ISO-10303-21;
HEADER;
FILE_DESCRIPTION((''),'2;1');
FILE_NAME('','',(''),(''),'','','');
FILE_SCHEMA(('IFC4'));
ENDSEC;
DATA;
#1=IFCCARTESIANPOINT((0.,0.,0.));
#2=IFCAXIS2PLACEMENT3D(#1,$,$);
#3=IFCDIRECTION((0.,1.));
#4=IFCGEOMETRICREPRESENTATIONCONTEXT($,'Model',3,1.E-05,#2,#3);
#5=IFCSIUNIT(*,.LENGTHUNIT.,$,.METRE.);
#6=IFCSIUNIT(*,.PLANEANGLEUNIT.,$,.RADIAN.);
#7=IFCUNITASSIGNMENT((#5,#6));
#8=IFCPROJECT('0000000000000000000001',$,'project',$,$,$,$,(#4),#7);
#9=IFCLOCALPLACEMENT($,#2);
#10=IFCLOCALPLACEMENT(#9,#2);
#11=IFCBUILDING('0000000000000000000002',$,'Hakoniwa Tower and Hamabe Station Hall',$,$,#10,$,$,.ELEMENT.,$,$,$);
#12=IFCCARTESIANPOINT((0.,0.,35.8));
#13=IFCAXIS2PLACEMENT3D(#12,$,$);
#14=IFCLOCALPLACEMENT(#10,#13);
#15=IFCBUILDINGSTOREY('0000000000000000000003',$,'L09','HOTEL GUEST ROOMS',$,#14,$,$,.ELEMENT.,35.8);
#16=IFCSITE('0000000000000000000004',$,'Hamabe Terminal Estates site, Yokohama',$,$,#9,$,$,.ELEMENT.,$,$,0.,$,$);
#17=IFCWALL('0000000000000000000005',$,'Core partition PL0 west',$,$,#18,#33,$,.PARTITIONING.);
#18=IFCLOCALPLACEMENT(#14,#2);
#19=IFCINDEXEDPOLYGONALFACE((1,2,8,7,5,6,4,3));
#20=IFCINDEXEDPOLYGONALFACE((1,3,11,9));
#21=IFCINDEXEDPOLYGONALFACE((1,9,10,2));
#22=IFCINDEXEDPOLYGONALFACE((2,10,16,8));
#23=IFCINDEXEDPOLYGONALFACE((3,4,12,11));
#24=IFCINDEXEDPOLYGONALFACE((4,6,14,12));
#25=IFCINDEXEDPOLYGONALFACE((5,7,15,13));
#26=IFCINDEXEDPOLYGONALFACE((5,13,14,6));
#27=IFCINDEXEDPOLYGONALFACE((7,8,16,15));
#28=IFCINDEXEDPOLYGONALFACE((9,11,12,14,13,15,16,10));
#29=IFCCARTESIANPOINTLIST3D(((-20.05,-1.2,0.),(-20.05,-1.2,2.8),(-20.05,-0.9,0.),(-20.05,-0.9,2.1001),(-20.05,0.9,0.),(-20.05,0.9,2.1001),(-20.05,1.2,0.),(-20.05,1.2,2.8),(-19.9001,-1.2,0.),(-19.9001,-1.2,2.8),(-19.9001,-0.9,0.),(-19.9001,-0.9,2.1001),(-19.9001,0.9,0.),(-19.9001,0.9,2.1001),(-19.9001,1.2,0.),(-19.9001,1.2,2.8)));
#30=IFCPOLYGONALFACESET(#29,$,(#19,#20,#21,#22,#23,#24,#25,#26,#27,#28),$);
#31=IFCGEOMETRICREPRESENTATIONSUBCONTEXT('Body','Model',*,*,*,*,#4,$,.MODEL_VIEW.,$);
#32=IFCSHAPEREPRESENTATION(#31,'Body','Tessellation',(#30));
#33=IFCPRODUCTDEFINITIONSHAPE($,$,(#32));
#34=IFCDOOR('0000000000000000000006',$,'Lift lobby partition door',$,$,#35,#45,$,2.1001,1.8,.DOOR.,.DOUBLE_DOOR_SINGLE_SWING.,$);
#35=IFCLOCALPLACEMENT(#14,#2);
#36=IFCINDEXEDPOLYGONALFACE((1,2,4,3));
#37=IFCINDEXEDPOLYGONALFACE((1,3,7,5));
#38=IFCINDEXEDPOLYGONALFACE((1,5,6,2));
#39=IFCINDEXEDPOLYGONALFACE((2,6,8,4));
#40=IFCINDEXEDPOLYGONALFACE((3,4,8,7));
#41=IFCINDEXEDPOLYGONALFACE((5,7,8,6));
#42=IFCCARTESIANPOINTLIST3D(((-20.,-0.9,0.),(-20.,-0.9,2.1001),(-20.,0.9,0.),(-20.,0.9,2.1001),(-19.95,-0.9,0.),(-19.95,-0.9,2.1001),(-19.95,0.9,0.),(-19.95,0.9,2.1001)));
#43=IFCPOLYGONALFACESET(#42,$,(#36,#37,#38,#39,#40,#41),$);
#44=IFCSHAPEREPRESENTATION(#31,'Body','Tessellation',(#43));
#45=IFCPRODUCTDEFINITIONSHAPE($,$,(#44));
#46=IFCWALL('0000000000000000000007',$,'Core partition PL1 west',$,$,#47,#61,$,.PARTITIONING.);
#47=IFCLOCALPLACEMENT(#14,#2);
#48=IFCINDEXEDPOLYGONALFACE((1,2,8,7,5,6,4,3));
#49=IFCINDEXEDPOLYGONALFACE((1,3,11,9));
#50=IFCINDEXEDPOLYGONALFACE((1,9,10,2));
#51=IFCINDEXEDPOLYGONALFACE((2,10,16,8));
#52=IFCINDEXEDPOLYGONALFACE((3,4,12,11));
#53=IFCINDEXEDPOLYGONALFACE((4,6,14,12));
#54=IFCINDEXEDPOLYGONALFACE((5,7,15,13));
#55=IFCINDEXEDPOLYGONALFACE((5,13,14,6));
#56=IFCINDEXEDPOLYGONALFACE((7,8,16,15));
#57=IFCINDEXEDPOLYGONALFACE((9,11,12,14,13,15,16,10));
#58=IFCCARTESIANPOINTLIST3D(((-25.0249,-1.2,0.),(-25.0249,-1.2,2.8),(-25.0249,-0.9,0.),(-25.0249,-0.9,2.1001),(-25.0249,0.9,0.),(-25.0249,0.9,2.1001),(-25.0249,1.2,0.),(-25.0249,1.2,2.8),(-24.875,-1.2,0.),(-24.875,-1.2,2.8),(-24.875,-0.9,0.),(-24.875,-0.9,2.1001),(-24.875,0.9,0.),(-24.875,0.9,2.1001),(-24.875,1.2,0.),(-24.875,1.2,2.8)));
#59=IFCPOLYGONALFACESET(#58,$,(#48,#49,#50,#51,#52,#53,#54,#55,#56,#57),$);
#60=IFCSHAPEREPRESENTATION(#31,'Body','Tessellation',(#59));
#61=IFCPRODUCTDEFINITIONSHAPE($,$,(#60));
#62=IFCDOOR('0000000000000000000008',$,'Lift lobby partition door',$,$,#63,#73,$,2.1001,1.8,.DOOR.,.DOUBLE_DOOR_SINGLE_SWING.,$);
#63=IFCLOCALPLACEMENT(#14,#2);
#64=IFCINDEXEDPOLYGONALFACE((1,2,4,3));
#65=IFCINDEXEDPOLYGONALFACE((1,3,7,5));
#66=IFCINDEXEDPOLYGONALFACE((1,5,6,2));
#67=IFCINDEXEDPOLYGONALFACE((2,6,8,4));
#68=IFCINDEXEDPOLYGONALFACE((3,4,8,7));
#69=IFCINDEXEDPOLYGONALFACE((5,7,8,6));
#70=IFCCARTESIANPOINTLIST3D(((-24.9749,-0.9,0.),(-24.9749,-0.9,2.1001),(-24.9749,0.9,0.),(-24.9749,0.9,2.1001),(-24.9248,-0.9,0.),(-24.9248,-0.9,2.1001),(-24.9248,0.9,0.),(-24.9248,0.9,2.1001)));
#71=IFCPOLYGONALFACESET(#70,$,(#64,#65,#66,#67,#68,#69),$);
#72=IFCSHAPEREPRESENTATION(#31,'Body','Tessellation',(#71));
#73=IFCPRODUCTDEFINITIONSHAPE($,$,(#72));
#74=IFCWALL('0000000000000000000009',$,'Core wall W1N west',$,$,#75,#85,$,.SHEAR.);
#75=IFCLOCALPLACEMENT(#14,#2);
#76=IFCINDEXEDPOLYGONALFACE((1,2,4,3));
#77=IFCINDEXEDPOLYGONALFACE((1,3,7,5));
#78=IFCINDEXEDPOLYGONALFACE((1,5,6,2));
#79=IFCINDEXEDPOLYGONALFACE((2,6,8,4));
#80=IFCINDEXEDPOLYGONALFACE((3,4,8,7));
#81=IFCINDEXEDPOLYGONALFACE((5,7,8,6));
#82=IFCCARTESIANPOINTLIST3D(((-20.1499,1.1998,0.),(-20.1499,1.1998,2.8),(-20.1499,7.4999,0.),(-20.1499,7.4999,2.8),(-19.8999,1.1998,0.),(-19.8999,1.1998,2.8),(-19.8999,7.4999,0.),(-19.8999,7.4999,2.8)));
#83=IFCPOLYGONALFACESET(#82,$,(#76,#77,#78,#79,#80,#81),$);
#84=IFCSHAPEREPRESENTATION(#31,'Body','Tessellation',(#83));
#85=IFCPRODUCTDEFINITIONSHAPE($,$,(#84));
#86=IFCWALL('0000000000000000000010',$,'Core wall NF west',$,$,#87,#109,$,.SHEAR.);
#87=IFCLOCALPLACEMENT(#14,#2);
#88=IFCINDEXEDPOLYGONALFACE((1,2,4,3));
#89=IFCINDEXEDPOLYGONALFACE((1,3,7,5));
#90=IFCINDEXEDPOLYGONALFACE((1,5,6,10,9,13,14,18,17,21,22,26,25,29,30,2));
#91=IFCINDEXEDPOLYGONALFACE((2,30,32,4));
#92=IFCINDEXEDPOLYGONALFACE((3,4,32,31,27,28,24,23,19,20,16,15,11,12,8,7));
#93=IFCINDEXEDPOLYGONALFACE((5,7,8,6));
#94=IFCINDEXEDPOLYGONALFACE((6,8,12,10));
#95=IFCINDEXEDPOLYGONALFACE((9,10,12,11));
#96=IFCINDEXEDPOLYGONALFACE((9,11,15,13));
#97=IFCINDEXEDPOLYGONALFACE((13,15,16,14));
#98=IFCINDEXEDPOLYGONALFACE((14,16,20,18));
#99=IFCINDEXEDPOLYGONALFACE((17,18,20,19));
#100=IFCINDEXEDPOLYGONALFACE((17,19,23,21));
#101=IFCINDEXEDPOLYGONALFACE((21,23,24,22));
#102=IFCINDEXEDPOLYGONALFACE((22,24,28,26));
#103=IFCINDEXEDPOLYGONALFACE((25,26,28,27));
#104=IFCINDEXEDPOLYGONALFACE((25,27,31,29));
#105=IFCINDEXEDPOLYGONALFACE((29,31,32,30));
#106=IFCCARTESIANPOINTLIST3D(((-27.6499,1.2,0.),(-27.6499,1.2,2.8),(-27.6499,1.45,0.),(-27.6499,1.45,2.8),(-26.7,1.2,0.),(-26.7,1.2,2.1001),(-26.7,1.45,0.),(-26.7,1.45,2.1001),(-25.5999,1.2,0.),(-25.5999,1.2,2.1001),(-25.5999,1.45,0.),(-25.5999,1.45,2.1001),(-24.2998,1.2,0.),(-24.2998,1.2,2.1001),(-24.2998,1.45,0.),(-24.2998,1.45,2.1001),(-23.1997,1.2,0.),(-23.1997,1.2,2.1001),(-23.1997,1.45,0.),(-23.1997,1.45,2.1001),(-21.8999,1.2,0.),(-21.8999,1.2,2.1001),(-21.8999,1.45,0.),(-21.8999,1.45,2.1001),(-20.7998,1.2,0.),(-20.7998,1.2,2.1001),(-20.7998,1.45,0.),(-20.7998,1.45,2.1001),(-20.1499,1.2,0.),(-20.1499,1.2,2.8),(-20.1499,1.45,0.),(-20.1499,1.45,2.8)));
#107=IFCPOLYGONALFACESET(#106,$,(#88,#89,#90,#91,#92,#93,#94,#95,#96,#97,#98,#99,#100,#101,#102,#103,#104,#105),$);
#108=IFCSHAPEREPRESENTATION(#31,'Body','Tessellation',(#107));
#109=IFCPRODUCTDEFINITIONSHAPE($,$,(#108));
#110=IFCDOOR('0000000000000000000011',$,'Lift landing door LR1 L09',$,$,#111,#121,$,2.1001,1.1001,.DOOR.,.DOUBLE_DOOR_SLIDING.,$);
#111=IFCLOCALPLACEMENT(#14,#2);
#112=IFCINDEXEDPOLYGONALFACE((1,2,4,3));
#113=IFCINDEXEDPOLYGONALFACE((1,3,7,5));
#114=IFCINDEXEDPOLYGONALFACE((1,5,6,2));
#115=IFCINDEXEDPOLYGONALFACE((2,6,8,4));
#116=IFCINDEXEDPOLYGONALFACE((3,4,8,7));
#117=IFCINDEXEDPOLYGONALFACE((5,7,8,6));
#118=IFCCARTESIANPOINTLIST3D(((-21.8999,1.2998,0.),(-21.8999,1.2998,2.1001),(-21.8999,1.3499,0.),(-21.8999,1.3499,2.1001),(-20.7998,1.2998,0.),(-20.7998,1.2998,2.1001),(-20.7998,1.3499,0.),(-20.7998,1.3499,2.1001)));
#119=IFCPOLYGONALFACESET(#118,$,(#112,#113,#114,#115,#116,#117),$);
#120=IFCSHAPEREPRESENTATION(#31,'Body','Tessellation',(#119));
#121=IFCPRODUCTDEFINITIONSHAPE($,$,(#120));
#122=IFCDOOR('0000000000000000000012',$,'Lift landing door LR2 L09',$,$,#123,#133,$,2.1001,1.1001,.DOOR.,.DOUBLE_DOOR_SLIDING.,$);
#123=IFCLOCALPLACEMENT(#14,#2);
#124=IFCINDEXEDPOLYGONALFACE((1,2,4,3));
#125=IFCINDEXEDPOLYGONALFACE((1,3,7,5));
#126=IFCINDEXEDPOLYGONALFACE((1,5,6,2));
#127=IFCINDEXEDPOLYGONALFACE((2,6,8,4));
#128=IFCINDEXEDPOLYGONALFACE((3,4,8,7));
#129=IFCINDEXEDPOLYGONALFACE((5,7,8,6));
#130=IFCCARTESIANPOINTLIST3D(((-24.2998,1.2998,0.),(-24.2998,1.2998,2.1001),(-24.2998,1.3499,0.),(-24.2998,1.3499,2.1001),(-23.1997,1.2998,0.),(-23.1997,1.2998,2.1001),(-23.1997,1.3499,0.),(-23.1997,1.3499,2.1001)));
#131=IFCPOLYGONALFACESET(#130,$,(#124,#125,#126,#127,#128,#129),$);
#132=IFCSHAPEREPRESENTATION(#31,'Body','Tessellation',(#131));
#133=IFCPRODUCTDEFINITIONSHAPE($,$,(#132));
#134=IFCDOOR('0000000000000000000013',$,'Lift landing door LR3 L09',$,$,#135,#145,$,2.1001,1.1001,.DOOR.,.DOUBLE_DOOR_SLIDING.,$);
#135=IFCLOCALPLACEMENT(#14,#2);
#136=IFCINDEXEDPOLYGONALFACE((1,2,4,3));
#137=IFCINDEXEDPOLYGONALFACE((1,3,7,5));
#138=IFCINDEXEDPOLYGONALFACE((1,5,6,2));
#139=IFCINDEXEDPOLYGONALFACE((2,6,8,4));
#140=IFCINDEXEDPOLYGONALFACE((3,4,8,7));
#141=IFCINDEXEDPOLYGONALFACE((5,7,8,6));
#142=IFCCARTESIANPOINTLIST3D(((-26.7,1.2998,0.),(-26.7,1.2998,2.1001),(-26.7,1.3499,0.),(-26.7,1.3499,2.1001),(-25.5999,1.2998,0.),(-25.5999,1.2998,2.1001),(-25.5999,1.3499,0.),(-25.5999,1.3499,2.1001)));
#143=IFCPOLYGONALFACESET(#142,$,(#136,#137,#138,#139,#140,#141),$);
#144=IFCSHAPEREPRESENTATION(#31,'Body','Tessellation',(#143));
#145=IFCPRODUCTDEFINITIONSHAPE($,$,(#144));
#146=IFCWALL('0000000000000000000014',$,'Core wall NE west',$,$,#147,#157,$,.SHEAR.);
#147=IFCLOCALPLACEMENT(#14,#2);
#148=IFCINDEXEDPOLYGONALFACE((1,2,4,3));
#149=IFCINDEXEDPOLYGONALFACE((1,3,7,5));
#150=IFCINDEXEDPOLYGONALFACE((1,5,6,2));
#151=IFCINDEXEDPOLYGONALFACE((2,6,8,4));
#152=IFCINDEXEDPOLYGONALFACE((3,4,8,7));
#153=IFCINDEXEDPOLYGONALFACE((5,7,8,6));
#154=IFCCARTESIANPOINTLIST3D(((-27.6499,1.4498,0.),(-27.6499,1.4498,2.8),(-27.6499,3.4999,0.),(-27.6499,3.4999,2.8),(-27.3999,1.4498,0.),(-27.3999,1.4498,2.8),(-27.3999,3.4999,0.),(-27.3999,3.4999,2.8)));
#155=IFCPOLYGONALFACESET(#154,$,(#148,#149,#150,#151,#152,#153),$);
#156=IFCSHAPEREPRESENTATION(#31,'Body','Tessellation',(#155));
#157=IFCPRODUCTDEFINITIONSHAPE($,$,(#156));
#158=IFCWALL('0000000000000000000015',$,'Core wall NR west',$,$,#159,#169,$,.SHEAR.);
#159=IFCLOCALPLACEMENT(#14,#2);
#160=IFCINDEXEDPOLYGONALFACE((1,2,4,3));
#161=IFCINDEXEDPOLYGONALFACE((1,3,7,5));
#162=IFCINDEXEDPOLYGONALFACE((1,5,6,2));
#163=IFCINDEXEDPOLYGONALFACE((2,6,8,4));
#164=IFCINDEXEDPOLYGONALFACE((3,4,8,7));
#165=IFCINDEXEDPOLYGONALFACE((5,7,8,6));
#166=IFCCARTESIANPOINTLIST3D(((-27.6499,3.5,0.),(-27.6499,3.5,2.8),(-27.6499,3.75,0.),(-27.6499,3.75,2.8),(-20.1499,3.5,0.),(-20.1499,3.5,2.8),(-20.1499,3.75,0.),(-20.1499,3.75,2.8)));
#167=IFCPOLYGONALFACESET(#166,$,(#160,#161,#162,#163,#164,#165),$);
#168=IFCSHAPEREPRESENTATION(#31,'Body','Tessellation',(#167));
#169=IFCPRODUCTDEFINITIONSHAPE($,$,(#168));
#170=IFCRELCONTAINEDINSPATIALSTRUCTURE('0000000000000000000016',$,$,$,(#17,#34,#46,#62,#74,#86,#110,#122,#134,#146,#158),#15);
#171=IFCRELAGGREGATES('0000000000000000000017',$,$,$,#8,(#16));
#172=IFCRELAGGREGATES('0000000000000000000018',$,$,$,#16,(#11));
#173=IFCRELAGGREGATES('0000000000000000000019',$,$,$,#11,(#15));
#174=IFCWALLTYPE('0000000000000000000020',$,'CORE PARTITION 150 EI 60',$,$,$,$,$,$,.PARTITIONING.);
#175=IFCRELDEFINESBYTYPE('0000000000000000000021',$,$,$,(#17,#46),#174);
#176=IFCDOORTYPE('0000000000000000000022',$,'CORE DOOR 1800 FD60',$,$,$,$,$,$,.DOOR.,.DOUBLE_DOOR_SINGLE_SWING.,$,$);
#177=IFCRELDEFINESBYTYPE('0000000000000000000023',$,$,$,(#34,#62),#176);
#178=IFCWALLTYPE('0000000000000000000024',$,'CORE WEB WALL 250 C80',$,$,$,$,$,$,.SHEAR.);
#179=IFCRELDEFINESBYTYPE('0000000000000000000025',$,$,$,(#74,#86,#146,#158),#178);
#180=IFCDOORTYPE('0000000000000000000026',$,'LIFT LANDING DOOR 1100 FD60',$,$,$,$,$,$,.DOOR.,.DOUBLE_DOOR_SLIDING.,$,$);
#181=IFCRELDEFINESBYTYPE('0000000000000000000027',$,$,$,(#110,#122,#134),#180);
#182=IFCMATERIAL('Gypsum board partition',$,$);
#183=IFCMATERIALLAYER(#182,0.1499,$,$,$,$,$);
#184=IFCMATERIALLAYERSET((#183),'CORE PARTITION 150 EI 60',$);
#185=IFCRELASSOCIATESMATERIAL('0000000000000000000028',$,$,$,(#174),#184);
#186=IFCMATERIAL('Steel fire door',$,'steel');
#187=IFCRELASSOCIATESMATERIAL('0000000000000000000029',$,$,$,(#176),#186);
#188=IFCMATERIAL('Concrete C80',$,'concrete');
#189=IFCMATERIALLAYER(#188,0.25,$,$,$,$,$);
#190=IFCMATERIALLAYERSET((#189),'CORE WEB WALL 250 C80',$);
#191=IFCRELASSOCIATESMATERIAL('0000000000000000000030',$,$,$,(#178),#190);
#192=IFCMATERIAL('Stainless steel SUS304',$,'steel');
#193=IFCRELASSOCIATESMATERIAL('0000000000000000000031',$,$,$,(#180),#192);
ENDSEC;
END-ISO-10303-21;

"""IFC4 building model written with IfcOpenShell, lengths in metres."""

from ifc_helpers import new_model, si_unit, direction, frame, frame_2d, origin, place, context, subcontext, project, spatial, rectangle, extrude, material, layer, layer_set, type_object, element, fill, save


model = new_model("IFC4")

# Units and contexts
model_context = context("Model", 3, precision=1e-05, world=origin(), true_north=direction((0.0, 1.0)))
body_context = subcontext(model_context, "Body", "Model", "MODEL_VIEW")
ifc_project = project(units=[si_unit("LENGTHUNIT", "METRE"), si_unit("PLANEANGLEUNIT", "RADIAN")], contexts=[model_context])

# Site, building, storey
site_placement = place(None, origin())
site = spatial("IfcSite", under=ifc_project, at=site_placement, Name="Hamabe Terminal Estates site, Yokohama", CompositionType="ELEMENT", RefElevation=0.0)
building_placement = place(site_placement, origin())
building = spatial("IfcBuilding", under=site, at=building_placement, Name="Hakoniwa Tower and Hamabe Station Hall", CompositionType="ELEMENT")
storey_placement = place(building_placement, frame((0.0, 0.0, 35.8)))
storey = spatial("IfcBuildingStorey", under=building, at=storey_placement, Name="L09", Description="HOTEL GUEST ROOMS", CompositionType="ELEMENT", Elevation=35.8)

# Walls, openings, doors
ifc_material_1 = material(Name="Gypsum board partition")
ifc_layer_1 = layer(ifc_material_1, 0.1499)
ifc_layer_set_1 = layer_set([ifc_layer_1], Name="CORE PARTITION 150 EI 60")
wall_type_1 = type_object("IfcWallType", Name="CORE PARTITION 150 EI 60", PredefinedType="PARTITIONING", material=ifc_layer_set_1)
wall_1_placement = place(storey_placement, frame((-19.9751, -1.2, 0.0), z_axis=(0.0, 0.0, 1.0), x_axis=(0.0, 1.0, 0.0)))
wall_1 = element("IfcWall", 1, at=wall_1_placement, inside=storey, type_object=wall_type_1, Name="Core partition PL0 west", PredefinedType="PARTITIONING", context=body_context, shape_type="SweptSolid", body=[
    extrude(rectangle(XDim=2.3999, YDim=0.1499, at=frame_2d((1.2, 0.0))), origin(), (0.0, 0.0, 1.0), 2.8),
])
opening_1_placement = place(wall_1_placement, frame((0.3, 0.0, 0.0)))
opening_1 = element("IfcOpeningElement", 2, at=opening_1_placement, cuts=wall_1, PredefinedType="OPENING", context=body_context, shape_type="SweptSolid", body=[
    extrude(rectangle(XDim=1.8, YDim=2.1001, at=frame_2d((0.8999, 1.05))), frame((0.0, 0.085, 0.0), z_axis=(0.0, -1.0, 0.0), x_axis=(1.0, 0.0, 0.0)), (0.0, 0.0, 1.0), 0.1699),
])
ifc_material_2 = material(Name="Steel fire door", Category="steel")
door_type_1 = type_object("IfcDoorType", Name="CORE DOOR 1800 FD60", OperationType="DOUBLE_DOOR_SINGLE_SWING", PredefinedType="DOOR", material=ifc_material_2)
door_1_placement = place(opening_1_placement, origin())
door_1 = element("IfcDoor", 3, at=door_1_placement, inside=storey, type_object=door_type_1, Name="Lift lobby partition door", OperationType="DOUBLE_DOOR_SINGLE_SWING", OverallHeight=2.1001, OverallWidth=1.8, PredefinedType="DOOR", context=body_context, shape_type="SweptSolid", body=[
    extrude(rectangle(XDim=1.8, YDim=2.1001, at=frame_2d((0.8999, 1.05))), frame((0.0, 0.0249, 0.0), z_axis=(0.0, -1.0, 0.0), x_axis=(1.0, 0.0, 0.0)), (0.0, 0.0, 1.0), 0.05),
])
fill(opening_1, door_1)
wall_2_placement = place(storey_placement, frame((-24.95, -1.2, 0.0), z_axis=(0.0, 0.0, 1.0), x_axis=(0.0, 1.0, 0.0)))
wall_2 = element("IfcWall", 4, at=wall_2_placement, inside=storey, type_object=wall_type_1, Name="Core partition PL1 west", PredefinedType="PARTITIONING", context=body_context, shape_type="SweptSolid", body=[
    extrude(rectangle(XDim=2.3999, YDim=0.1499, at=frame_2d((1.2, 0.0))), origin(), (0.0, 0.0, 1.0), 2.8),
])
opening_2_placement = place(wall_2_placement, frame((0.3, 0.0, 0.0)))
opening_2 = element("IfcOpeningElement", 5, at=opening_2_placement, cuts=wall_2, PredefinedType="OPENING", context=body_context, shape_type="SweptSolid", body=[
    extrude(rectangle(XDim=1.8, YDim=2.1001, at=frame_2d((0.8999, 1.05))), frame((0.0, 0.085, 0.0), z_axis=(0.0, -1.0, 0.0), x_axis=(1.0, 0.0, 0.0)), (0.0, 0.0, 1.0), 0.1699),
])
door_2_placement = place(opening_2_placement, origin())
door_2 = element("IfcDoor", 6, at=door_2_placement, inside=storey, type_object=door_type_1, Name="Lift lobby partition door", OperationType="DOUBLE_DOOR_SINGLE_SWING", OverallHeight=2.1001, OverallWidth=1.8, PredefinedType="DOOR", context=body_context, shape_type="SweptSolid", body=[
    extrude(rectangle(XDim=1.8, YDim=2.1001, at=frame_2d((0.8999, 1.05))), frame((0.0, 0.0249, 0.0), z_axis=(0.0, -1.0, 0.0), x_axis=(1.0, 0.0, 0.0)), (0.0, 0.0, 1.0), 0.05),
])
fill(opening_2, door_2)

# Wall
ifc_material_3 = material(Name="Concrete C80", Category="concrete")
ifc_layer_2 = layer(ifc_material_3, 0.25)
ifc_layer_set_2 = layer_set([ifc_layer_2], Name="CORE WEB WALL 250 C80")
wall_type_2 = type_object("IfcWallType", Name="CORE WEB WALL 250 C80", PredefinedType="SHEAR", material=ifc_layer_set_2)
wall_3_placement = place(storey_placement, frame((-20.0249, 1.2, 0.0), z_axis=(0.0, 0.0, 1.0), x_axis=(0.0, 1.0, 0.0)))
element("IfcWall", 7, at=wall_3_placement, inside=storey, type_object=wall_type_2, Name="Core wall W1N west", PredefinedType="SHEAR", context=body_context, shape_type="SweptSolid", body=[
    extrude(rectangle(XDim=6.3, YDim=0.25, at=frame_2d((3.1499, 0.0))), origin(), (0.0, 0.0, 1.0), 2.8),
])

# Wall, openings, doors
wall_4_placement = place(storey_placement, frame((-27.6499, 1.325, 0.0), z_axis=(0.0, 0.0, 1.0), x_axis=(1.0, 0.0, 0.0)))
wall_4 = element("IfcWall", 8, at=wall_4_placement, inside=storey, type_object=wall_type_2, Name="Core wall NF west", PredefinedType="SHEAR", context=body_context, shape_type="SweptSolid", body=[
    extrude(rectangle(XDim=7.5, YDim=0.25, at=frame_2d((3.75, 0.0))), origin(), (0.0, 0.0, 1.0), 2.8),
])
opening_3_placement = place(wall_4_placement, frame((5.75, 0.0, 0.0)))
opening_3 = element("IfcOpeningElement", 9, at=opening_3_placement, cuts=wall_4, PredefinedType="OPENING", context=body_context, shape_type="SweptSolid", body=[
    extrude(rectangle(XDim=1.1001, YDim=2.1001, at=frame_2d((0.55, 1.05))), frame((0.0, 0.135, 0.0), z_axis=(0.0, -1.0, 0.0), x_axis=(1.0, 0.0, 0.0)), (0.0, 0.0, 1.0), 0.27),
])
opening_4_placement = place(wall_4_placement, frame((3.3501, 0.0, 0.0)))
opening_4 = element("IfcOpeningElement", 10, at=opening_4_placement, cuts=wall_4, PredefinedType="OPENING", context=body_context, shape_type="SweptSolid", body=[
    extrude(rectangle(XDim=1.1001, YDim=2.1001, at=frame_2d((0.55, 1.05))), frame((0.0, 0.135, 0.0), z_axis=(0.0, -1.0, 0.0), x_axis=(1.0, 0.0, 0.0)), (0.0, 0.0, 1.0), 0.27),
])
opening_5_placement = place(wall_4_placement, frame((0.95, 0.0, 0.0)))
opening_5 = element("IfcOpeningElement", 11, at=opening_5_placement, cuts=wall_4, PredefinedType="OPENING", context=body_context, shape_type="SweptSolid", body=[
    extrude(rectangle(XDim=1.1001, YDim=2.1001, at=frame_2d((0.55, 1.05))), frame((0.0, 0.135, 0.0), z_axis=(0.0, -1.0, 0.0), x_axis=(1.0, 0.0, 0.0)), (0.0, 0.0, 1.0), 0.27),
])
ifc_material_4 = material(Name="Stainless steel SUS304", Category="steel")
door_type_2 = type_object("IfcDoorType", Name="LIFT LANDING DOOR 1100 FD60", OperationType="DOUBLE_DOOR_SLIDING", PredefinedType="DOOR", material=ifc_material_4)
door_3_placement = place(opening_3_placement, origin())
door_3 = element("IfcDoor", 12, at=door_3_placement, inside=storey, type_object=door_type_2, Name="Lift landing door LR1 L09", OperationType="DOUBLE_DOOR_SLIDING", OverallHeight=2.1001, OverallWidth=1.1001, PredefinedType="DOOR", context=body_context, shape_type="SweptSolid", body=[
    extrude(rectangle(XDim=1.1001, YDim=2.1001, at=frame_2d((0.55, 1.05))), frame((0.0, 0.0249, 0.0), z_axis=(0.0, -1.0, 0.0), x_axis=(1.0, 0.0, 0.0)), (0.0, 0.0, 1.0), 0.05),
])
fill(opening_3, door_3)
door_4_placement = place(opening_4_placement, origin())
door_4 = element("IfcDoor", 13, at=door_4_placement, inside=storey, type_object=door_type_2, Name="Lift landing door LR2 L09", OperationType="DOUBLE_DOOR_SLIDING", OverallHeight=2.1001, OverallWidth=1.1001, PredefinedType="DOOR", context=body_context, shape_type="SweptSolid", body=[
    extrude(rectangle(XDim=1.1001, YDim=2.1001, at=frame_2d((0.55, 1.05))), frame((0.0, 0.0249, 0.0), z_axis=(0.0, -1.0, 0.0), x_axis=(1.0, 0.0, 0.0)), (0.0, 0.0, 1.0), 0.05),
])
fill(opening_4, door_4)
door_5_placement = place(opening_5_placement, origin())
door_5 = element("IfcDoor", 14, at=door_5_placement, inside=storey, type_object=door_type_2, Name="Lift landing door LR3 L09", OperationType="DOUBLE_DOOR_SLIDING", OverallHeight=2.1001, OverallWidth=1.1001, PredefinedType="DOOR", context=body_context, shape_type="SweptSolid", body=[
    extrude(rectangle(XDim=1.1001, YDim=2.1001, at=frame_2d((0.55, 1.05))), frame((0.0, 0.0249, 0.0), z_axis=(0.0, -1.0, 0.0), x_axis=(1.0, 0.0, 0.0)), (0.0, 0.0, 1.0), 0.05),
])
fill(opening_5, door_5)

# Walls
wall_5_placement = place(storey_placement, frame((-27.5249, 1.45, 0.0), z_axis=(0.0, 0.0, 1.0), x_axis=(0.0, 1.0, 0.0)))
element("IfcWall", 15, at=wall_5_placement, inside=storey, type_object=wall_type_2, Name="Core wall NE west", PredefinedType="SHEAR", context=body_context, shape_type="SweptSolid", body=[
    extrude(rectangle(XDim=2.05, YDim=0.25, at=frame_2d((1.0249, 0.0))), origin(), (0.0, 0.0, 1.0), 2.8),
])
wall_6_placement = place(storey_placement, frame((-27.6499, 3.625, 0.0), z_axis=(0.0, 0.0, 1.0), x_axis=(1.0, 0.0, 0.0)))
element("IfcWall", 16, at=wall_6_placement, inside=storey, type_object=wall_type_2, Name="Core wall NR west", PredefinedType="SHEAR", context=body_context, shape_type="SweptSolid", body=[
    extrude(rectangle(XDim=7.5, YDim=0.25, at=frame_2d((3.75, 0.0))), origin(), (0.0, 0.0, 1.0), 2.8),
])

save(model, "model.ifc")
